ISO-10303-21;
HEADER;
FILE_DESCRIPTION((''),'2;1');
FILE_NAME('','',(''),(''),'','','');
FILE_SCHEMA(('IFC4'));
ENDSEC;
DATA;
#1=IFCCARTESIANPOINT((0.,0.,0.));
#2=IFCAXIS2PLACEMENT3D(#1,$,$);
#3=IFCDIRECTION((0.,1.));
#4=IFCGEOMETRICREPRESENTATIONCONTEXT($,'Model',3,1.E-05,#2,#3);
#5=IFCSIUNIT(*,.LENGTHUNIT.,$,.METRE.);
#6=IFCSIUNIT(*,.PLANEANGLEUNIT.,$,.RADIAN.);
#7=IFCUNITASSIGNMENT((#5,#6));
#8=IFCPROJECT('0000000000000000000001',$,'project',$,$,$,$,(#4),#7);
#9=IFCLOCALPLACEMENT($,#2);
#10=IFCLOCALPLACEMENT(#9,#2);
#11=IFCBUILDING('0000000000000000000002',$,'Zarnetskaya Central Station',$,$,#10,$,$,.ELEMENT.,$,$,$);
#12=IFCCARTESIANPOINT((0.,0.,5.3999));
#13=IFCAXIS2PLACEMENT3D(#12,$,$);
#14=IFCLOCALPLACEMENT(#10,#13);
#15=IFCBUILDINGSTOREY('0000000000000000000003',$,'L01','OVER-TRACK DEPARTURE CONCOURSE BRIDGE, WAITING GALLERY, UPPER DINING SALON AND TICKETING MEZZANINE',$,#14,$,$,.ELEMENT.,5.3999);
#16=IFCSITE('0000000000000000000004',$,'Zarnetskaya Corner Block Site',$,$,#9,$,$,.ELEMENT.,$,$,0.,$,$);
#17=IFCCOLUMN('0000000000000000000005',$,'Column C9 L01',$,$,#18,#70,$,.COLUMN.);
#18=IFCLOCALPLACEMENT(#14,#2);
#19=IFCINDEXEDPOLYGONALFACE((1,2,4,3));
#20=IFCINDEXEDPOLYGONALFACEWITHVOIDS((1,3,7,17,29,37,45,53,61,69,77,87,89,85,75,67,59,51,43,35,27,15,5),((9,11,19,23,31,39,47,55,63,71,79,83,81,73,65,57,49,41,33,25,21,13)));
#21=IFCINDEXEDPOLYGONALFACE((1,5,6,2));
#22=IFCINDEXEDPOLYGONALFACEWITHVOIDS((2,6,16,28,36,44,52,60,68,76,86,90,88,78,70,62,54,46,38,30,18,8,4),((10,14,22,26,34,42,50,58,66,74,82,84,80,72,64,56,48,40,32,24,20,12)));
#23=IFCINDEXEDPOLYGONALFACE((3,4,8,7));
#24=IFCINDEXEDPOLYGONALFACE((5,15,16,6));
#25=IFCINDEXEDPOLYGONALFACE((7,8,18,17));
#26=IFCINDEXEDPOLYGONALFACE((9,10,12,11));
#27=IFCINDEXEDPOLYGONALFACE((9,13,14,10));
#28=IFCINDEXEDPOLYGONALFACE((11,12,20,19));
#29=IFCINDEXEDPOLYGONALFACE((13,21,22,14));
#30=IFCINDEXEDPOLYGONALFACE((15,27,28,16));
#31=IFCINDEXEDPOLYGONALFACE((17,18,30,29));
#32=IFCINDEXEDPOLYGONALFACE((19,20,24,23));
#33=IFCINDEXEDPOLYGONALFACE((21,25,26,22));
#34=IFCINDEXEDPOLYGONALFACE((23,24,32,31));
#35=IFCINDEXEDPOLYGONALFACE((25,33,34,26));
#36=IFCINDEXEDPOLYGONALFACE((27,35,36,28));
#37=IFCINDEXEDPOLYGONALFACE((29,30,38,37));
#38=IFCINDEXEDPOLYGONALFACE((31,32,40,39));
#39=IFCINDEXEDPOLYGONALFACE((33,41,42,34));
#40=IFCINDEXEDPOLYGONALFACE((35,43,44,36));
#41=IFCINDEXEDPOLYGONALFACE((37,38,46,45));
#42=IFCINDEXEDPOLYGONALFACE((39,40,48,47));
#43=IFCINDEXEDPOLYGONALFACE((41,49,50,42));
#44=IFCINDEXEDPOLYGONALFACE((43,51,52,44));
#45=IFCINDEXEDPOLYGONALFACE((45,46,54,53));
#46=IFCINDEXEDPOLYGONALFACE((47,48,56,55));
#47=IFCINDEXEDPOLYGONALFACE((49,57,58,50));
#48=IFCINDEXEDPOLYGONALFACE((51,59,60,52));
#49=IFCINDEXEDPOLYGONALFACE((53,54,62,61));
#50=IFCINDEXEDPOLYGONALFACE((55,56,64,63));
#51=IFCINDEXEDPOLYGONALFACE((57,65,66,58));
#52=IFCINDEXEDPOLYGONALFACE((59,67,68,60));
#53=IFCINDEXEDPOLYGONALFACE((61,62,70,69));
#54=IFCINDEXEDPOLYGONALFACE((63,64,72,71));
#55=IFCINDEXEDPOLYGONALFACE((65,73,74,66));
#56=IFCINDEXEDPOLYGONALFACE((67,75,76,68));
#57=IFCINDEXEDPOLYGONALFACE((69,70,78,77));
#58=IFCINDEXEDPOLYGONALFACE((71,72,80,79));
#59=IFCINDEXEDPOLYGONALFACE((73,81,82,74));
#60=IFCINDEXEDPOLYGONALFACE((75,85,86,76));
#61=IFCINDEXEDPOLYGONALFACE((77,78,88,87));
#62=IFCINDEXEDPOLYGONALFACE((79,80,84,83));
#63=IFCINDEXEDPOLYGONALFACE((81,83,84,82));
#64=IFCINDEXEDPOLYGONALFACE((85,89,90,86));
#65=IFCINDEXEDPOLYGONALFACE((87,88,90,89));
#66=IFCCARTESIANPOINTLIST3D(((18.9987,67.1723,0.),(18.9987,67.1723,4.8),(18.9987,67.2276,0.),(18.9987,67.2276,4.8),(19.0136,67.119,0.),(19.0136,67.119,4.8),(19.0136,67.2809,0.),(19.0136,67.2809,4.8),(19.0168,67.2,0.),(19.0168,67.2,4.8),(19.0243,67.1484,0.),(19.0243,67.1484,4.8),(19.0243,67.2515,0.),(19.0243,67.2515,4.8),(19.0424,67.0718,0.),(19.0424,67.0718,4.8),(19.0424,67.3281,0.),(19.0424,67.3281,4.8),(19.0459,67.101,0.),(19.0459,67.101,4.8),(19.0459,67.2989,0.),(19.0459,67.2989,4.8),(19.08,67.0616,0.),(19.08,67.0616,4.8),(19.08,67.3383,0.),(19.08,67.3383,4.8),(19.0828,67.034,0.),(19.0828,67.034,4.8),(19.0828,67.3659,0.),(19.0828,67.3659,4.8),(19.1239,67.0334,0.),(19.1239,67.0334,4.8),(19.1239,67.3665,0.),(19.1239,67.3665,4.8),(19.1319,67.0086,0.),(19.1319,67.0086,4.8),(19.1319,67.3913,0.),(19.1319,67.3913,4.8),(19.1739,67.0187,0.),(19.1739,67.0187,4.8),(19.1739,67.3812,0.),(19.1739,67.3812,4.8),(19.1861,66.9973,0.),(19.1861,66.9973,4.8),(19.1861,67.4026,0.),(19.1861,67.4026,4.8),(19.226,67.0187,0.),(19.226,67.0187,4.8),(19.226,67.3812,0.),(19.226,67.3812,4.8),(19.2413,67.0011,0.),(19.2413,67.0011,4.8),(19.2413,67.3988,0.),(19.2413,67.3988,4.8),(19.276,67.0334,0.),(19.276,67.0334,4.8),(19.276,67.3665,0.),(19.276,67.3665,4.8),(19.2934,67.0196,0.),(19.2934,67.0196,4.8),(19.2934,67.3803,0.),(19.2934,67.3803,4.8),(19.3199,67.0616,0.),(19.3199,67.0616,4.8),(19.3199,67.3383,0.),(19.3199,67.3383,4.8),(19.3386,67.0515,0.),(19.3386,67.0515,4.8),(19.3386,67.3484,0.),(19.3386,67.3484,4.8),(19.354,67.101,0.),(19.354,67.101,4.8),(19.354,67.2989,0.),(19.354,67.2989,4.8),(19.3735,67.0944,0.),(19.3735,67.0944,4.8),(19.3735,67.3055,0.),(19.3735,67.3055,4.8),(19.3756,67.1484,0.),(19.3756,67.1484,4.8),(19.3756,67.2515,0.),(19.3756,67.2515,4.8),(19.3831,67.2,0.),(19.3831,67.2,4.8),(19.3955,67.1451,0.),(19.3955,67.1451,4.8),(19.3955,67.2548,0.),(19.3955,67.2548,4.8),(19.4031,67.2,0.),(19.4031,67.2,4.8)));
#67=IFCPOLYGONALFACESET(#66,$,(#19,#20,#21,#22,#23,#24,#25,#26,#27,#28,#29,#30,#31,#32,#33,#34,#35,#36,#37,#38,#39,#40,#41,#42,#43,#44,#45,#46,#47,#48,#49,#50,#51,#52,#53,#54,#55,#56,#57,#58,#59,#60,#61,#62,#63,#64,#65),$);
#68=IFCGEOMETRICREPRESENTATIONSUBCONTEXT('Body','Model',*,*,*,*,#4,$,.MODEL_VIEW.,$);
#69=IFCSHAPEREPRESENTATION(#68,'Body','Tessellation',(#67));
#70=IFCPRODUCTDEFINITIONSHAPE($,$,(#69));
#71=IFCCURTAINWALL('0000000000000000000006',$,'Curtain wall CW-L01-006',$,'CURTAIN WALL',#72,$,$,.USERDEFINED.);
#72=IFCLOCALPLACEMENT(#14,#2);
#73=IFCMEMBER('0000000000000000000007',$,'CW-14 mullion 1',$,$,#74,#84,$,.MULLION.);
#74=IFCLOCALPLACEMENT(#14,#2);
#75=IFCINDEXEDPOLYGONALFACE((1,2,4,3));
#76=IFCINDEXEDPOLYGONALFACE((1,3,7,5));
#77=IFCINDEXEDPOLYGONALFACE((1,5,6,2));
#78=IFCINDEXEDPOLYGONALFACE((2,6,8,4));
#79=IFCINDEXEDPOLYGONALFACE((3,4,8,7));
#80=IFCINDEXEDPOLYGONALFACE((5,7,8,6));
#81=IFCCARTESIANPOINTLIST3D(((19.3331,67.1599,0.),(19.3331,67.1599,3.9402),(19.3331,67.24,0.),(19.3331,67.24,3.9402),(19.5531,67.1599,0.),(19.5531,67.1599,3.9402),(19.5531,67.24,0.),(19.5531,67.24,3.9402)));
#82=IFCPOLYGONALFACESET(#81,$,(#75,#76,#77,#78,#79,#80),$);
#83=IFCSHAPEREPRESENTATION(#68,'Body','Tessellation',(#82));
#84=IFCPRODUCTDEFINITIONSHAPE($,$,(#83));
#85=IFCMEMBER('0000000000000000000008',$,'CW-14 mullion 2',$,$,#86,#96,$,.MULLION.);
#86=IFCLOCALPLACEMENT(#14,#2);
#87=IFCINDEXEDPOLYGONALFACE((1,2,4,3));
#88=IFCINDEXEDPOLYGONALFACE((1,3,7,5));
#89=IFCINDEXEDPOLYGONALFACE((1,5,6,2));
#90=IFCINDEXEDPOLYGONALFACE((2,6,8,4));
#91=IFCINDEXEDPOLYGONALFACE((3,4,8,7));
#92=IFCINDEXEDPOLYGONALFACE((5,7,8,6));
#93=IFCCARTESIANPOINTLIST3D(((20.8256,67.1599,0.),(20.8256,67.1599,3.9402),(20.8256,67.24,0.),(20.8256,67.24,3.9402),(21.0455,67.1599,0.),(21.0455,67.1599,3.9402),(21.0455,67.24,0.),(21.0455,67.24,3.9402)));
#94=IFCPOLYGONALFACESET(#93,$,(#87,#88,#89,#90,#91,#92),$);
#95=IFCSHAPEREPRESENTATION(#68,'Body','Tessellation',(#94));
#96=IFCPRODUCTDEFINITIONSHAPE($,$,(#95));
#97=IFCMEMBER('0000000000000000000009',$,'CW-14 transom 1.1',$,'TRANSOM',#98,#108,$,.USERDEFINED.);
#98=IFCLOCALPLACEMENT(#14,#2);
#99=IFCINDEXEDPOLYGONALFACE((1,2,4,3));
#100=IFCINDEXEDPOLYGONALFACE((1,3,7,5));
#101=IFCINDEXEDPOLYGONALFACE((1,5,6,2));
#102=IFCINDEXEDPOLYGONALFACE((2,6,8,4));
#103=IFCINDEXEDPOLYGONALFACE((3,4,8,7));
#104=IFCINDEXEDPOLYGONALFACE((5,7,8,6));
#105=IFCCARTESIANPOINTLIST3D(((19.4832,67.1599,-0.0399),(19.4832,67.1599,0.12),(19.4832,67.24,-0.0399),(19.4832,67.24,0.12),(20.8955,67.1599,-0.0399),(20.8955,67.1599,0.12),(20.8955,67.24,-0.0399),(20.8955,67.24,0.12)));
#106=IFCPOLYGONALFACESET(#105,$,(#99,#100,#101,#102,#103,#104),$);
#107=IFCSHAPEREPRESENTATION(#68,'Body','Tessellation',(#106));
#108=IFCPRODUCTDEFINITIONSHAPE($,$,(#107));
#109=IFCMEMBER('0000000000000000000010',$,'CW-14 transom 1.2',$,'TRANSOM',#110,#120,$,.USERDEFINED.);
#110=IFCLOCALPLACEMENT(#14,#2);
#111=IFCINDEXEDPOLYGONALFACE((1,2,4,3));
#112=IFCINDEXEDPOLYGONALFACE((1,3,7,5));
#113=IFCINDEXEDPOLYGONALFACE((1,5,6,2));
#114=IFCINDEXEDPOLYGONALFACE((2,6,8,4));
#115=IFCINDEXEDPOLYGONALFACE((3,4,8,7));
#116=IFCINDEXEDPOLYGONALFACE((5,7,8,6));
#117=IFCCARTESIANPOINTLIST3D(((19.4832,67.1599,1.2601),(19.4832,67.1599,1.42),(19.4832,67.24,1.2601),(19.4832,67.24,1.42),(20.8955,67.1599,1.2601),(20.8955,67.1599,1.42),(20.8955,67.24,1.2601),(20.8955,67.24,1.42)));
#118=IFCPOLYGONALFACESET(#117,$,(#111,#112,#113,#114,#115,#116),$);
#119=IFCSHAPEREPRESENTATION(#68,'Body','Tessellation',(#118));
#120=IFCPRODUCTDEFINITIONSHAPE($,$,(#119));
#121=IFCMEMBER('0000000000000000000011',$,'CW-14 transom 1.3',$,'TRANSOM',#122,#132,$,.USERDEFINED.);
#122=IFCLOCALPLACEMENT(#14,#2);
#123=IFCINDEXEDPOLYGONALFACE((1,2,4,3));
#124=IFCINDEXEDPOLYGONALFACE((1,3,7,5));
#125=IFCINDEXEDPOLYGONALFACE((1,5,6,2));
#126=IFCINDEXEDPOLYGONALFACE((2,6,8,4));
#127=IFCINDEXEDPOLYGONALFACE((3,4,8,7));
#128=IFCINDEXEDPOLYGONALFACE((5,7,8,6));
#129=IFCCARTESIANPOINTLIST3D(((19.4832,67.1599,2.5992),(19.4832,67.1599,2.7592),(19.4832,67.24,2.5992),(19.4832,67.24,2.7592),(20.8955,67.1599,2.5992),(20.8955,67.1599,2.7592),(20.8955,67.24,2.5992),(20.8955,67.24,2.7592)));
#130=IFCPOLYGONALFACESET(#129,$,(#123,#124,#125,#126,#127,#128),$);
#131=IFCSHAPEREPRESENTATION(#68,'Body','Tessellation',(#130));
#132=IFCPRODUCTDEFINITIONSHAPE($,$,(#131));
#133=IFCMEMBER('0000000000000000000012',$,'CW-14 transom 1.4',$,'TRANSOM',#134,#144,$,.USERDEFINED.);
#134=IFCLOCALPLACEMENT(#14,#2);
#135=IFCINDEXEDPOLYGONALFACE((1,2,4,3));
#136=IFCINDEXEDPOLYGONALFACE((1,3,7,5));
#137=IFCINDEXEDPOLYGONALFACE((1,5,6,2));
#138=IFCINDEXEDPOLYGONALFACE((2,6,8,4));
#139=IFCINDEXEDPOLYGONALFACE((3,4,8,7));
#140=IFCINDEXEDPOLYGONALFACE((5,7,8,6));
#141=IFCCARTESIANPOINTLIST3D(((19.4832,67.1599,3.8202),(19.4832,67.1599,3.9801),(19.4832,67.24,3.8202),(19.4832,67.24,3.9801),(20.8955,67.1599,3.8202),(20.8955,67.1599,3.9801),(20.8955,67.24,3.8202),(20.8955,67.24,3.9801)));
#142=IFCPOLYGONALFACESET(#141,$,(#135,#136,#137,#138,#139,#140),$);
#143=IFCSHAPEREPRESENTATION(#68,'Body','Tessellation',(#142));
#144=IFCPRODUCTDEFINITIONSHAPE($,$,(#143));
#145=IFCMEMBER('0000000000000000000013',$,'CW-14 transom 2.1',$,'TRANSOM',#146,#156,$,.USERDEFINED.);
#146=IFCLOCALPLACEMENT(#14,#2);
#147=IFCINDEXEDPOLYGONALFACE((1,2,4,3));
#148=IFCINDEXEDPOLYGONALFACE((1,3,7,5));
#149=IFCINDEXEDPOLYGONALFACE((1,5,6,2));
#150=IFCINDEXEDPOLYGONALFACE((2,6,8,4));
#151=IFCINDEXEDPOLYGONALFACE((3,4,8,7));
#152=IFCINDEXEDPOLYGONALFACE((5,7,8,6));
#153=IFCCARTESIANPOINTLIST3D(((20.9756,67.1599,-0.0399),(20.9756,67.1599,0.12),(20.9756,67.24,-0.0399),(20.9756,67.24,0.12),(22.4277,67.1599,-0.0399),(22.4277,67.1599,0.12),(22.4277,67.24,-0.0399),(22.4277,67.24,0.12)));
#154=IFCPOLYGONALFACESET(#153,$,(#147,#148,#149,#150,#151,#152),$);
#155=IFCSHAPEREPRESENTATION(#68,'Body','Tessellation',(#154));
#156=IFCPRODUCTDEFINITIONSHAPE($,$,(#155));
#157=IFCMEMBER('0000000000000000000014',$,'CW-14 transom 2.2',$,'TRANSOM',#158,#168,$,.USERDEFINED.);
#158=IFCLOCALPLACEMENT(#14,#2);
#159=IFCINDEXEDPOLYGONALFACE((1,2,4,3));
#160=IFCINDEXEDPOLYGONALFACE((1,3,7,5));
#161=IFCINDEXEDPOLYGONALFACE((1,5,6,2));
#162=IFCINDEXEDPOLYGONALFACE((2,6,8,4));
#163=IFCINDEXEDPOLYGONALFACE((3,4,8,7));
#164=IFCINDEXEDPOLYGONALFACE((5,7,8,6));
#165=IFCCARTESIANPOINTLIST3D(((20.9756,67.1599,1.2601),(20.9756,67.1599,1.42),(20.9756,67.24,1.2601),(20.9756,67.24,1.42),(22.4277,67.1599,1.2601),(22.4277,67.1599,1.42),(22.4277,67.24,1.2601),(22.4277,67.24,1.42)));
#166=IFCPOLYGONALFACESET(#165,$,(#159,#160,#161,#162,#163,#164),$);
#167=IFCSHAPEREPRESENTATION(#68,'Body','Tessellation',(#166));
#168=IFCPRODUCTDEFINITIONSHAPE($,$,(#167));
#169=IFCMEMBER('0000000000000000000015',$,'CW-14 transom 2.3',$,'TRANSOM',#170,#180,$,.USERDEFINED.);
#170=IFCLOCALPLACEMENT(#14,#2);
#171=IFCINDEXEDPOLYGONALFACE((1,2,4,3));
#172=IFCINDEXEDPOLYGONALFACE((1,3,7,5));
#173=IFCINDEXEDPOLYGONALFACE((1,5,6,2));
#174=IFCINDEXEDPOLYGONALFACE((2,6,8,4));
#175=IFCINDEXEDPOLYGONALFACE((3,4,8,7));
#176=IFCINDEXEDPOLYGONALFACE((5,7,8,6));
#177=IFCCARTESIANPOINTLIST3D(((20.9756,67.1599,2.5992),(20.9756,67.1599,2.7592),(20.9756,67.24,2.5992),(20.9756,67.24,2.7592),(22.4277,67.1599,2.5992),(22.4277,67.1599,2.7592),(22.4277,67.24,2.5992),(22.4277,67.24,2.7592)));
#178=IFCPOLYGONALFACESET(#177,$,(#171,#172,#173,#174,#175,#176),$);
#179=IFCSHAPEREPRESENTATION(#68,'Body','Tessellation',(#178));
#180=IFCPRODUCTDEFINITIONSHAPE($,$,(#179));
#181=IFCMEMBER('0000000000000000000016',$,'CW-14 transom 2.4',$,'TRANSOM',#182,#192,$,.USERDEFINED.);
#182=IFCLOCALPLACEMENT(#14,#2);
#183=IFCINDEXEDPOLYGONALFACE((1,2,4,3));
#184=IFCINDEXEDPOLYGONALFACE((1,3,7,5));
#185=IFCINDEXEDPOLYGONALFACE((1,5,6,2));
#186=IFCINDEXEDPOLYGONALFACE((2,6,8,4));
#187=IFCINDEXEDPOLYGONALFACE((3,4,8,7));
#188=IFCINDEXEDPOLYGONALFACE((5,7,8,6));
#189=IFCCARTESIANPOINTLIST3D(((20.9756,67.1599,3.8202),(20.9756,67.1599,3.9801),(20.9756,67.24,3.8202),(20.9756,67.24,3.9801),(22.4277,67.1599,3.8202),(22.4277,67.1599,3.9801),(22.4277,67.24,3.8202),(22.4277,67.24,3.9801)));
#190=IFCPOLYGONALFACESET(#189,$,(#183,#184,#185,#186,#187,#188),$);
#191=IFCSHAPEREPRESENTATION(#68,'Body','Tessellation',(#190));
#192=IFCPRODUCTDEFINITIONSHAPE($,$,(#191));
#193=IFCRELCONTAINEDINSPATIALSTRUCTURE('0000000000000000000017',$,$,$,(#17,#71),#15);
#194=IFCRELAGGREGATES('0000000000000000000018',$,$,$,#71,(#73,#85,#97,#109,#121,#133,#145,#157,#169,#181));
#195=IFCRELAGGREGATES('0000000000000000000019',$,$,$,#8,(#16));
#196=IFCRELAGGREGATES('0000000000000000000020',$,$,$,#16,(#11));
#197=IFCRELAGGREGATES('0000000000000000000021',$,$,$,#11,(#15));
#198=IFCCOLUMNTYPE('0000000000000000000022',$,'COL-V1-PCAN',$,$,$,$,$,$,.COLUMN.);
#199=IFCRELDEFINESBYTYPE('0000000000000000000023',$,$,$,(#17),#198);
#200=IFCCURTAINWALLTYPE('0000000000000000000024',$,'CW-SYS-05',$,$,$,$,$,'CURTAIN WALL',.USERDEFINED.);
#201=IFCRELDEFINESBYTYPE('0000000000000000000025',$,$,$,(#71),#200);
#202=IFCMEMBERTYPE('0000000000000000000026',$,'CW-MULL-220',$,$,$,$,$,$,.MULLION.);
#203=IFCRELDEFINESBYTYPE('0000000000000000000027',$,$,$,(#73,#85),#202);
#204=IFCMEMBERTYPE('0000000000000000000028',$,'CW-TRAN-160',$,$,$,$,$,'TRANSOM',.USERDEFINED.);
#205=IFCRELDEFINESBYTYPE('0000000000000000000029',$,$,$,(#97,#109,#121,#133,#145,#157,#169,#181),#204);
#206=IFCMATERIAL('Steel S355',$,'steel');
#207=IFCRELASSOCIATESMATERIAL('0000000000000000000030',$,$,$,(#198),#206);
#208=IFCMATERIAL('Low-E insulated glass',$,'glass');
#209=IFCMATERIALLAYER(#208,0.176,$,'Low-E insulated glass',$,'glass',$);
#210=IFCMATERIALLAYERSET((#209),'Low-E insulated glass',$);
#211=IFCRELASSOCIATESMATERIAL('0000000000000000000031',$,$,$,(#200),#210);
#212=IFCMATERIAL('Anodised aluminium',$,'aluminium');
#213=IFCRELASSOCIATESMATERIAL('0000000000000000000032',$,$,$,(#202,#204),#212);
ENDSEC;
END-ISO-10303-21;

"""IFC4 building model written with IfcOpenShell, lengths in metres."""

from ifc_helpers import new_model, si_unit, direction, frame, origin, origin_2d, place, context, subcontext, project, spatial, rectangle, hollow_circle, extrude, material, layer, layer_set, material_profile, profile_set, type_object, element, aggregate, save


model = new_model("IFC4")

# Units and contexts
model_context = context("Model", 3, precision=1e-05, world=origin(), true_north=direction((0.0, 1.0)))
body_context = subcontext(model_context, "Body", "Model", "MODEL_VIEW")
ifc_project = project(units=[si_unit("LENGTHUNIT", "METRE"), si_unit("PLANEANGLEUNIT", "RADIAN")], contexts=[model_context])

# Site, building, storey
site_placement = place(None, origin())
site = spatial("IfcSite", under=ifc_project, at=site_placement, Name="Zarnetskaya Corner Block Site", CompositionType="ELEMENT", RefElevation=0.0)
building_placement = place(site_placement, origin())
building = spatial("IfcBuilding", under=site, at=building_placement, Name="Zarnetskaya Central Station", CompositionType="ELEMENT")
storey_placement = place(building_placement, frame((0.0, 0.0, 5.3999)))
storey = spatial("IfcBuildingStorey", under=building, at=storey_placement, Name="L01", Description="OVER-TRACK DEPARTURE CONCOURSE BRIDGE, WAITING GALLERY, UPPER DINING SALON AND TICKETING MEZZANINE", CompositionType="ELEMENT", Elevation=5.3999)

# Column
ifc_material_1 = material(Name="Steel S355", Category="steel")
ifc_material_profile_1 = material_profile(ifc_material_1, hollow_circle(Radius=0.2031, WallThickness=0.02, at=origin_2d()), Name="CHS 406.4x20")
ifc_profile_set_1 = profile_set([ifc_material_profile_1], Name="Steel S355")
column_type = type_object("IfcColumnType", Name="COL-V1-PCAN", PredefinedType="COLUMN", material=ifc_profile_set_1)
column_placement = place(storey_placement, frame((19.2, 67.2, 0.0), z_axis=(0.0, 0.0, 1.0), x_axis=(1.0, 0.0, 0.0)))
element("IfcColumn", 1, at=column_placement, inside=storey, type_object=column_type, Name="Column C9 L01", PredefinedType="COLUMN", context=body_context, shape_type="SweptSolid", body=[
    extrude(hollow_circle(Radius=0.2031, WallThickness=0.02, at=origin_2d()), origin(), (0.0, 0.0, 1.0), 4.8),
])

# Curtain wall, members
ifc_material_2 = material(Name="Low-E insulated glass", Category="glass")
ifc_layer_1 = layer(ifc_material_2, 0.176, Name="Low-E insulated glass", Category="glass")
ifc_layer_set_1 = layer_set([ifc_layer_1], Name="Low-E insulated glass")
curtain_wall_type = type_object("IfcCurtainWallType", Name="CW-SYS-05", ElementType="CURTAIN WALL", PredefinedType="USERDEFINED", material=ifc_layer_set_1)
curtain_wall_placement = place(storey_placement, origin())
curtain_wall = element("IfcCurtainWall", 2, at=curtain_wall_placement, inside=storey, type_object=curtain_wall_type, Name="Curtain wall CW-L01-006", ObjectType="CURTAIN WALL", PredefinedType="USERDEFINED")
ifc_material_3 = material(Name="Anodised aluminium", Category="aluminium")
ifc_material_profile_2 = material_profile(ifc_material_3, rectangle(XDim=0.0801, YDim=0.22, at=origin_2d()), Name="ALU MULL 80x220")
ifc_profile_set_2 = profile_set([ifc_material_profile_2], Name="Anodised aluminium")
member_type_1 = type_object("IfcMemberType", Name="CW-MULL-220", PredefinedType="MULLION", material=ifc_profile_set_2)
member_1_placement = place(storey_placement, frame((19.4431, 67.2, 0.0), z_axis=(0.0, 0.0, 1.0), x_axis=(0.0, 1.0, 0.0)))
member_1 = element("IfcMember", 3, at=member_1_placement, type_object=member_type_1, Name="CW-14 mullion 1", PredefinedType="MULLION", context=body_context, shape_type="SweptSolid", body=[
    extrude(rectangle(XDim=0.0801, YDim=0.22, at=origin_2d()), origin(), (0.0, 0.0, 1.0), 3.9402),
])
member_2_placement = place(storey_placement, frame((20.9355, 67.2, 0.0), z_axis=(0.0, 0.0, 1.0), x_axis=(0.0, 1.0, 0.0)))
member_2 = element("IfcMember", 4, at=member_2_placement, type_object=member_type_1, Name="CW-14 mullion 2", PredefinedType="MULLION", context=body_context, shape_type="SweptSolid", body=[
    extrude(rectangle(XDim=0.0801, YDim=0.22, at=origin_2d()), origin(), (0.0, 0.0, 1.0), 3.9402),
])
ifc_material_profile_3 = material_profile(ifc_material_3, rectangle(XDim=0.0801, YDim=0.1599, at=origin_2d()), Name="ALU TRAN 80x160")
ifc_profile_set_3 = profile_set([ifc_material_profile_3], Name="Anodised aluminium")
member_type_2 = type_object("IfcMemberType", Name="CW-TRAN-160", ElementType="TRANSOM", PredefinedType="USERDEFINED", material=ifc_profile_set_3)
member_3_placement = place(storey_placement, frame((19.4832, 67.2, 0.04), z_axis=(1.0, 0.0, 0.0), x_axis=(0.0, 1.0, 0.0)))
member_3 = element("IfcMember", 5, at=member_3_placement, type_object=member_type_2, Name="CW-14 transom 1.1", ObjectType="TRANSOM", PredefinedType="USERDEFINED", context=body_context, shape_type="SweptSolid", body=[
    extrude(rectangle(XDim=0.0801, YDim=0.1599, at=origin_2d()), origin(), (0.0, 0.0, 1.0), 1.4124),
])
member_4_placement = place(storey_placement, frame((19.4832, 67.2, 1.3401), z_axis=(1.0, 0.0, 0.0), x_axis=(0.0, 1.0, 0.0)))
member_4 = element("IfcMember", 6, at=member_4_placement, type_object=member_type_2, Name="CW-14 transom 1.2", ObjectType="TRANSOM", PredefinedType="USERDEFINED", context=body_context, shape_type="SweptSolid", body=[
    extrude(rectangle(XDim=0.0801, YDim=0.1599, at=origin_2d()), origin(), (0.0, 0.0, 1.0), 1.4124),
])
member_5_placement = place(storey_placement, frame((19.4832, 67.2, 2.6792), z_axis=(1.0, 0.0, 0.0), x_axis=(0.0, 1.0, 0.0)))
member_5 = element("IfcMember", 7, at=member_5_placement, type_object=member_type_2, Name="CW-14 transom 1.3", ObjectType="TRANSOM", PredefinedType="USERDEFINED", context=body_context, shape_type="SweptSolid", body=[
    extrude(rectangle(XDim=0.0801, YDim=0.1599, at=origin_2d()), origin(), (0.0, 0.0, 1.0), 1.4124),
])
member_6_placement = place(storey_placement, frame((19.4832, 67.2, 3.9001), z_axis=(1.0, 0.0, 0.0), x_axis=(0.0, 1.0, 0.0)))
member_6 = element("IfcMember", 8, at=member_6_placement, type_object=member_type_2, Name="CW-14 transom 1.4", ObjectType="TRANSOM", PredefinedType="USERDEFINED", context=body_context, shape_type="SweptSolid", body=[
    extrude(rectangle(XDim=0.0801, YDim=0.1599, at=origin_2d()), origin(), (0.0, 0.0, 1.0), 1.4124),
])
member_7_placement = place(storey_placement, frame((20.9756, 67.2, 0.04), z_axis=(1.0, 0.0, 0.0), x_axis=(0.0, 1.0, 0.0)))
member_7 = element("IfcMember", 9, at=member_7_placement, type_object=member_type_2, Name="CW-14 transom 2.1", ObjectType="TRANSOM", PredefinedType="USERDEFINED", context=body_context, shape_type="SweptSolid", body=[
    extrude(rectangle(XDim=0.0801, YDim=0.1599, at=origin_2d()), origin(), (0.0, 0.0, 1.0), 1.4521),
])
member_8_placement = place(storey_placement, frame((20.9756, 67.2, 1.3401), z_axis=(1.0, 0.0, 0.0), x_axis=(0.0, 1.0, 0.0)))
member_8 = element("IfcMember", 10, at=member_8_placement, type_object=member_type_2, Name="CW-14 transom 2.2", ObjectType="TRANSOM", PredefinedType="USERDEFINED", context=body_context, shape_type="SweptSolid", body=[
    extrude(rectangle(XDim=0.0801, YDim=0.1599, at=origin_2d()), origin(), (0.0, 0.0, 1.0), 1.4521),
])
member_9_placement = place(storey_placement, frame((20.9756, 67.2, 2.6792), z_axis=(1.0, 0.0, 0.0), x_axis=(0.0, 1.0, 0.0)))
member_9 = element("IfcMember", 11, at=member_9_placement, type_object=member_type_2, Name="CW-14 transom 2.3", ObjectType="TRANSOM", PredefinedType="USERDEFINED", context=body_context, shape_type="SweptSolid", body=[
    extrude(rectangle(XDim=0.0801, YDim=0.1599, at=origin_2d()), origin(), (0.0, 0.0, 1.0), 1.4521),
])
member_10_placement = place(storey_placement, frame((20.9756, 67.2, 3.9001), z_axis=(1.0, 0.0, 0.0), x_axis=(0.0, 1.0, 0.0)))
member_10 = element("IfcMember", 12, at=member_10_placement, type_object=member_type_2, Name="CW-14 transom 2.4", ObjectType="TRANSOM", PredefinedType="USERDEFINED", context=body_context, shape_type="SweptSolid", body=[
    extrude(rectangle(XDim=0.0801, YDim=0.1599, at=origin_2d()), origin(), (0.0, 0.0, 1.0), 1.4521),
])

aggregate(curtain_wall, [member_1, member_2, member_3, member_4, member_5, member_6, member_7, member_8, member_9, member_10])

save(model, "model.ifc")
